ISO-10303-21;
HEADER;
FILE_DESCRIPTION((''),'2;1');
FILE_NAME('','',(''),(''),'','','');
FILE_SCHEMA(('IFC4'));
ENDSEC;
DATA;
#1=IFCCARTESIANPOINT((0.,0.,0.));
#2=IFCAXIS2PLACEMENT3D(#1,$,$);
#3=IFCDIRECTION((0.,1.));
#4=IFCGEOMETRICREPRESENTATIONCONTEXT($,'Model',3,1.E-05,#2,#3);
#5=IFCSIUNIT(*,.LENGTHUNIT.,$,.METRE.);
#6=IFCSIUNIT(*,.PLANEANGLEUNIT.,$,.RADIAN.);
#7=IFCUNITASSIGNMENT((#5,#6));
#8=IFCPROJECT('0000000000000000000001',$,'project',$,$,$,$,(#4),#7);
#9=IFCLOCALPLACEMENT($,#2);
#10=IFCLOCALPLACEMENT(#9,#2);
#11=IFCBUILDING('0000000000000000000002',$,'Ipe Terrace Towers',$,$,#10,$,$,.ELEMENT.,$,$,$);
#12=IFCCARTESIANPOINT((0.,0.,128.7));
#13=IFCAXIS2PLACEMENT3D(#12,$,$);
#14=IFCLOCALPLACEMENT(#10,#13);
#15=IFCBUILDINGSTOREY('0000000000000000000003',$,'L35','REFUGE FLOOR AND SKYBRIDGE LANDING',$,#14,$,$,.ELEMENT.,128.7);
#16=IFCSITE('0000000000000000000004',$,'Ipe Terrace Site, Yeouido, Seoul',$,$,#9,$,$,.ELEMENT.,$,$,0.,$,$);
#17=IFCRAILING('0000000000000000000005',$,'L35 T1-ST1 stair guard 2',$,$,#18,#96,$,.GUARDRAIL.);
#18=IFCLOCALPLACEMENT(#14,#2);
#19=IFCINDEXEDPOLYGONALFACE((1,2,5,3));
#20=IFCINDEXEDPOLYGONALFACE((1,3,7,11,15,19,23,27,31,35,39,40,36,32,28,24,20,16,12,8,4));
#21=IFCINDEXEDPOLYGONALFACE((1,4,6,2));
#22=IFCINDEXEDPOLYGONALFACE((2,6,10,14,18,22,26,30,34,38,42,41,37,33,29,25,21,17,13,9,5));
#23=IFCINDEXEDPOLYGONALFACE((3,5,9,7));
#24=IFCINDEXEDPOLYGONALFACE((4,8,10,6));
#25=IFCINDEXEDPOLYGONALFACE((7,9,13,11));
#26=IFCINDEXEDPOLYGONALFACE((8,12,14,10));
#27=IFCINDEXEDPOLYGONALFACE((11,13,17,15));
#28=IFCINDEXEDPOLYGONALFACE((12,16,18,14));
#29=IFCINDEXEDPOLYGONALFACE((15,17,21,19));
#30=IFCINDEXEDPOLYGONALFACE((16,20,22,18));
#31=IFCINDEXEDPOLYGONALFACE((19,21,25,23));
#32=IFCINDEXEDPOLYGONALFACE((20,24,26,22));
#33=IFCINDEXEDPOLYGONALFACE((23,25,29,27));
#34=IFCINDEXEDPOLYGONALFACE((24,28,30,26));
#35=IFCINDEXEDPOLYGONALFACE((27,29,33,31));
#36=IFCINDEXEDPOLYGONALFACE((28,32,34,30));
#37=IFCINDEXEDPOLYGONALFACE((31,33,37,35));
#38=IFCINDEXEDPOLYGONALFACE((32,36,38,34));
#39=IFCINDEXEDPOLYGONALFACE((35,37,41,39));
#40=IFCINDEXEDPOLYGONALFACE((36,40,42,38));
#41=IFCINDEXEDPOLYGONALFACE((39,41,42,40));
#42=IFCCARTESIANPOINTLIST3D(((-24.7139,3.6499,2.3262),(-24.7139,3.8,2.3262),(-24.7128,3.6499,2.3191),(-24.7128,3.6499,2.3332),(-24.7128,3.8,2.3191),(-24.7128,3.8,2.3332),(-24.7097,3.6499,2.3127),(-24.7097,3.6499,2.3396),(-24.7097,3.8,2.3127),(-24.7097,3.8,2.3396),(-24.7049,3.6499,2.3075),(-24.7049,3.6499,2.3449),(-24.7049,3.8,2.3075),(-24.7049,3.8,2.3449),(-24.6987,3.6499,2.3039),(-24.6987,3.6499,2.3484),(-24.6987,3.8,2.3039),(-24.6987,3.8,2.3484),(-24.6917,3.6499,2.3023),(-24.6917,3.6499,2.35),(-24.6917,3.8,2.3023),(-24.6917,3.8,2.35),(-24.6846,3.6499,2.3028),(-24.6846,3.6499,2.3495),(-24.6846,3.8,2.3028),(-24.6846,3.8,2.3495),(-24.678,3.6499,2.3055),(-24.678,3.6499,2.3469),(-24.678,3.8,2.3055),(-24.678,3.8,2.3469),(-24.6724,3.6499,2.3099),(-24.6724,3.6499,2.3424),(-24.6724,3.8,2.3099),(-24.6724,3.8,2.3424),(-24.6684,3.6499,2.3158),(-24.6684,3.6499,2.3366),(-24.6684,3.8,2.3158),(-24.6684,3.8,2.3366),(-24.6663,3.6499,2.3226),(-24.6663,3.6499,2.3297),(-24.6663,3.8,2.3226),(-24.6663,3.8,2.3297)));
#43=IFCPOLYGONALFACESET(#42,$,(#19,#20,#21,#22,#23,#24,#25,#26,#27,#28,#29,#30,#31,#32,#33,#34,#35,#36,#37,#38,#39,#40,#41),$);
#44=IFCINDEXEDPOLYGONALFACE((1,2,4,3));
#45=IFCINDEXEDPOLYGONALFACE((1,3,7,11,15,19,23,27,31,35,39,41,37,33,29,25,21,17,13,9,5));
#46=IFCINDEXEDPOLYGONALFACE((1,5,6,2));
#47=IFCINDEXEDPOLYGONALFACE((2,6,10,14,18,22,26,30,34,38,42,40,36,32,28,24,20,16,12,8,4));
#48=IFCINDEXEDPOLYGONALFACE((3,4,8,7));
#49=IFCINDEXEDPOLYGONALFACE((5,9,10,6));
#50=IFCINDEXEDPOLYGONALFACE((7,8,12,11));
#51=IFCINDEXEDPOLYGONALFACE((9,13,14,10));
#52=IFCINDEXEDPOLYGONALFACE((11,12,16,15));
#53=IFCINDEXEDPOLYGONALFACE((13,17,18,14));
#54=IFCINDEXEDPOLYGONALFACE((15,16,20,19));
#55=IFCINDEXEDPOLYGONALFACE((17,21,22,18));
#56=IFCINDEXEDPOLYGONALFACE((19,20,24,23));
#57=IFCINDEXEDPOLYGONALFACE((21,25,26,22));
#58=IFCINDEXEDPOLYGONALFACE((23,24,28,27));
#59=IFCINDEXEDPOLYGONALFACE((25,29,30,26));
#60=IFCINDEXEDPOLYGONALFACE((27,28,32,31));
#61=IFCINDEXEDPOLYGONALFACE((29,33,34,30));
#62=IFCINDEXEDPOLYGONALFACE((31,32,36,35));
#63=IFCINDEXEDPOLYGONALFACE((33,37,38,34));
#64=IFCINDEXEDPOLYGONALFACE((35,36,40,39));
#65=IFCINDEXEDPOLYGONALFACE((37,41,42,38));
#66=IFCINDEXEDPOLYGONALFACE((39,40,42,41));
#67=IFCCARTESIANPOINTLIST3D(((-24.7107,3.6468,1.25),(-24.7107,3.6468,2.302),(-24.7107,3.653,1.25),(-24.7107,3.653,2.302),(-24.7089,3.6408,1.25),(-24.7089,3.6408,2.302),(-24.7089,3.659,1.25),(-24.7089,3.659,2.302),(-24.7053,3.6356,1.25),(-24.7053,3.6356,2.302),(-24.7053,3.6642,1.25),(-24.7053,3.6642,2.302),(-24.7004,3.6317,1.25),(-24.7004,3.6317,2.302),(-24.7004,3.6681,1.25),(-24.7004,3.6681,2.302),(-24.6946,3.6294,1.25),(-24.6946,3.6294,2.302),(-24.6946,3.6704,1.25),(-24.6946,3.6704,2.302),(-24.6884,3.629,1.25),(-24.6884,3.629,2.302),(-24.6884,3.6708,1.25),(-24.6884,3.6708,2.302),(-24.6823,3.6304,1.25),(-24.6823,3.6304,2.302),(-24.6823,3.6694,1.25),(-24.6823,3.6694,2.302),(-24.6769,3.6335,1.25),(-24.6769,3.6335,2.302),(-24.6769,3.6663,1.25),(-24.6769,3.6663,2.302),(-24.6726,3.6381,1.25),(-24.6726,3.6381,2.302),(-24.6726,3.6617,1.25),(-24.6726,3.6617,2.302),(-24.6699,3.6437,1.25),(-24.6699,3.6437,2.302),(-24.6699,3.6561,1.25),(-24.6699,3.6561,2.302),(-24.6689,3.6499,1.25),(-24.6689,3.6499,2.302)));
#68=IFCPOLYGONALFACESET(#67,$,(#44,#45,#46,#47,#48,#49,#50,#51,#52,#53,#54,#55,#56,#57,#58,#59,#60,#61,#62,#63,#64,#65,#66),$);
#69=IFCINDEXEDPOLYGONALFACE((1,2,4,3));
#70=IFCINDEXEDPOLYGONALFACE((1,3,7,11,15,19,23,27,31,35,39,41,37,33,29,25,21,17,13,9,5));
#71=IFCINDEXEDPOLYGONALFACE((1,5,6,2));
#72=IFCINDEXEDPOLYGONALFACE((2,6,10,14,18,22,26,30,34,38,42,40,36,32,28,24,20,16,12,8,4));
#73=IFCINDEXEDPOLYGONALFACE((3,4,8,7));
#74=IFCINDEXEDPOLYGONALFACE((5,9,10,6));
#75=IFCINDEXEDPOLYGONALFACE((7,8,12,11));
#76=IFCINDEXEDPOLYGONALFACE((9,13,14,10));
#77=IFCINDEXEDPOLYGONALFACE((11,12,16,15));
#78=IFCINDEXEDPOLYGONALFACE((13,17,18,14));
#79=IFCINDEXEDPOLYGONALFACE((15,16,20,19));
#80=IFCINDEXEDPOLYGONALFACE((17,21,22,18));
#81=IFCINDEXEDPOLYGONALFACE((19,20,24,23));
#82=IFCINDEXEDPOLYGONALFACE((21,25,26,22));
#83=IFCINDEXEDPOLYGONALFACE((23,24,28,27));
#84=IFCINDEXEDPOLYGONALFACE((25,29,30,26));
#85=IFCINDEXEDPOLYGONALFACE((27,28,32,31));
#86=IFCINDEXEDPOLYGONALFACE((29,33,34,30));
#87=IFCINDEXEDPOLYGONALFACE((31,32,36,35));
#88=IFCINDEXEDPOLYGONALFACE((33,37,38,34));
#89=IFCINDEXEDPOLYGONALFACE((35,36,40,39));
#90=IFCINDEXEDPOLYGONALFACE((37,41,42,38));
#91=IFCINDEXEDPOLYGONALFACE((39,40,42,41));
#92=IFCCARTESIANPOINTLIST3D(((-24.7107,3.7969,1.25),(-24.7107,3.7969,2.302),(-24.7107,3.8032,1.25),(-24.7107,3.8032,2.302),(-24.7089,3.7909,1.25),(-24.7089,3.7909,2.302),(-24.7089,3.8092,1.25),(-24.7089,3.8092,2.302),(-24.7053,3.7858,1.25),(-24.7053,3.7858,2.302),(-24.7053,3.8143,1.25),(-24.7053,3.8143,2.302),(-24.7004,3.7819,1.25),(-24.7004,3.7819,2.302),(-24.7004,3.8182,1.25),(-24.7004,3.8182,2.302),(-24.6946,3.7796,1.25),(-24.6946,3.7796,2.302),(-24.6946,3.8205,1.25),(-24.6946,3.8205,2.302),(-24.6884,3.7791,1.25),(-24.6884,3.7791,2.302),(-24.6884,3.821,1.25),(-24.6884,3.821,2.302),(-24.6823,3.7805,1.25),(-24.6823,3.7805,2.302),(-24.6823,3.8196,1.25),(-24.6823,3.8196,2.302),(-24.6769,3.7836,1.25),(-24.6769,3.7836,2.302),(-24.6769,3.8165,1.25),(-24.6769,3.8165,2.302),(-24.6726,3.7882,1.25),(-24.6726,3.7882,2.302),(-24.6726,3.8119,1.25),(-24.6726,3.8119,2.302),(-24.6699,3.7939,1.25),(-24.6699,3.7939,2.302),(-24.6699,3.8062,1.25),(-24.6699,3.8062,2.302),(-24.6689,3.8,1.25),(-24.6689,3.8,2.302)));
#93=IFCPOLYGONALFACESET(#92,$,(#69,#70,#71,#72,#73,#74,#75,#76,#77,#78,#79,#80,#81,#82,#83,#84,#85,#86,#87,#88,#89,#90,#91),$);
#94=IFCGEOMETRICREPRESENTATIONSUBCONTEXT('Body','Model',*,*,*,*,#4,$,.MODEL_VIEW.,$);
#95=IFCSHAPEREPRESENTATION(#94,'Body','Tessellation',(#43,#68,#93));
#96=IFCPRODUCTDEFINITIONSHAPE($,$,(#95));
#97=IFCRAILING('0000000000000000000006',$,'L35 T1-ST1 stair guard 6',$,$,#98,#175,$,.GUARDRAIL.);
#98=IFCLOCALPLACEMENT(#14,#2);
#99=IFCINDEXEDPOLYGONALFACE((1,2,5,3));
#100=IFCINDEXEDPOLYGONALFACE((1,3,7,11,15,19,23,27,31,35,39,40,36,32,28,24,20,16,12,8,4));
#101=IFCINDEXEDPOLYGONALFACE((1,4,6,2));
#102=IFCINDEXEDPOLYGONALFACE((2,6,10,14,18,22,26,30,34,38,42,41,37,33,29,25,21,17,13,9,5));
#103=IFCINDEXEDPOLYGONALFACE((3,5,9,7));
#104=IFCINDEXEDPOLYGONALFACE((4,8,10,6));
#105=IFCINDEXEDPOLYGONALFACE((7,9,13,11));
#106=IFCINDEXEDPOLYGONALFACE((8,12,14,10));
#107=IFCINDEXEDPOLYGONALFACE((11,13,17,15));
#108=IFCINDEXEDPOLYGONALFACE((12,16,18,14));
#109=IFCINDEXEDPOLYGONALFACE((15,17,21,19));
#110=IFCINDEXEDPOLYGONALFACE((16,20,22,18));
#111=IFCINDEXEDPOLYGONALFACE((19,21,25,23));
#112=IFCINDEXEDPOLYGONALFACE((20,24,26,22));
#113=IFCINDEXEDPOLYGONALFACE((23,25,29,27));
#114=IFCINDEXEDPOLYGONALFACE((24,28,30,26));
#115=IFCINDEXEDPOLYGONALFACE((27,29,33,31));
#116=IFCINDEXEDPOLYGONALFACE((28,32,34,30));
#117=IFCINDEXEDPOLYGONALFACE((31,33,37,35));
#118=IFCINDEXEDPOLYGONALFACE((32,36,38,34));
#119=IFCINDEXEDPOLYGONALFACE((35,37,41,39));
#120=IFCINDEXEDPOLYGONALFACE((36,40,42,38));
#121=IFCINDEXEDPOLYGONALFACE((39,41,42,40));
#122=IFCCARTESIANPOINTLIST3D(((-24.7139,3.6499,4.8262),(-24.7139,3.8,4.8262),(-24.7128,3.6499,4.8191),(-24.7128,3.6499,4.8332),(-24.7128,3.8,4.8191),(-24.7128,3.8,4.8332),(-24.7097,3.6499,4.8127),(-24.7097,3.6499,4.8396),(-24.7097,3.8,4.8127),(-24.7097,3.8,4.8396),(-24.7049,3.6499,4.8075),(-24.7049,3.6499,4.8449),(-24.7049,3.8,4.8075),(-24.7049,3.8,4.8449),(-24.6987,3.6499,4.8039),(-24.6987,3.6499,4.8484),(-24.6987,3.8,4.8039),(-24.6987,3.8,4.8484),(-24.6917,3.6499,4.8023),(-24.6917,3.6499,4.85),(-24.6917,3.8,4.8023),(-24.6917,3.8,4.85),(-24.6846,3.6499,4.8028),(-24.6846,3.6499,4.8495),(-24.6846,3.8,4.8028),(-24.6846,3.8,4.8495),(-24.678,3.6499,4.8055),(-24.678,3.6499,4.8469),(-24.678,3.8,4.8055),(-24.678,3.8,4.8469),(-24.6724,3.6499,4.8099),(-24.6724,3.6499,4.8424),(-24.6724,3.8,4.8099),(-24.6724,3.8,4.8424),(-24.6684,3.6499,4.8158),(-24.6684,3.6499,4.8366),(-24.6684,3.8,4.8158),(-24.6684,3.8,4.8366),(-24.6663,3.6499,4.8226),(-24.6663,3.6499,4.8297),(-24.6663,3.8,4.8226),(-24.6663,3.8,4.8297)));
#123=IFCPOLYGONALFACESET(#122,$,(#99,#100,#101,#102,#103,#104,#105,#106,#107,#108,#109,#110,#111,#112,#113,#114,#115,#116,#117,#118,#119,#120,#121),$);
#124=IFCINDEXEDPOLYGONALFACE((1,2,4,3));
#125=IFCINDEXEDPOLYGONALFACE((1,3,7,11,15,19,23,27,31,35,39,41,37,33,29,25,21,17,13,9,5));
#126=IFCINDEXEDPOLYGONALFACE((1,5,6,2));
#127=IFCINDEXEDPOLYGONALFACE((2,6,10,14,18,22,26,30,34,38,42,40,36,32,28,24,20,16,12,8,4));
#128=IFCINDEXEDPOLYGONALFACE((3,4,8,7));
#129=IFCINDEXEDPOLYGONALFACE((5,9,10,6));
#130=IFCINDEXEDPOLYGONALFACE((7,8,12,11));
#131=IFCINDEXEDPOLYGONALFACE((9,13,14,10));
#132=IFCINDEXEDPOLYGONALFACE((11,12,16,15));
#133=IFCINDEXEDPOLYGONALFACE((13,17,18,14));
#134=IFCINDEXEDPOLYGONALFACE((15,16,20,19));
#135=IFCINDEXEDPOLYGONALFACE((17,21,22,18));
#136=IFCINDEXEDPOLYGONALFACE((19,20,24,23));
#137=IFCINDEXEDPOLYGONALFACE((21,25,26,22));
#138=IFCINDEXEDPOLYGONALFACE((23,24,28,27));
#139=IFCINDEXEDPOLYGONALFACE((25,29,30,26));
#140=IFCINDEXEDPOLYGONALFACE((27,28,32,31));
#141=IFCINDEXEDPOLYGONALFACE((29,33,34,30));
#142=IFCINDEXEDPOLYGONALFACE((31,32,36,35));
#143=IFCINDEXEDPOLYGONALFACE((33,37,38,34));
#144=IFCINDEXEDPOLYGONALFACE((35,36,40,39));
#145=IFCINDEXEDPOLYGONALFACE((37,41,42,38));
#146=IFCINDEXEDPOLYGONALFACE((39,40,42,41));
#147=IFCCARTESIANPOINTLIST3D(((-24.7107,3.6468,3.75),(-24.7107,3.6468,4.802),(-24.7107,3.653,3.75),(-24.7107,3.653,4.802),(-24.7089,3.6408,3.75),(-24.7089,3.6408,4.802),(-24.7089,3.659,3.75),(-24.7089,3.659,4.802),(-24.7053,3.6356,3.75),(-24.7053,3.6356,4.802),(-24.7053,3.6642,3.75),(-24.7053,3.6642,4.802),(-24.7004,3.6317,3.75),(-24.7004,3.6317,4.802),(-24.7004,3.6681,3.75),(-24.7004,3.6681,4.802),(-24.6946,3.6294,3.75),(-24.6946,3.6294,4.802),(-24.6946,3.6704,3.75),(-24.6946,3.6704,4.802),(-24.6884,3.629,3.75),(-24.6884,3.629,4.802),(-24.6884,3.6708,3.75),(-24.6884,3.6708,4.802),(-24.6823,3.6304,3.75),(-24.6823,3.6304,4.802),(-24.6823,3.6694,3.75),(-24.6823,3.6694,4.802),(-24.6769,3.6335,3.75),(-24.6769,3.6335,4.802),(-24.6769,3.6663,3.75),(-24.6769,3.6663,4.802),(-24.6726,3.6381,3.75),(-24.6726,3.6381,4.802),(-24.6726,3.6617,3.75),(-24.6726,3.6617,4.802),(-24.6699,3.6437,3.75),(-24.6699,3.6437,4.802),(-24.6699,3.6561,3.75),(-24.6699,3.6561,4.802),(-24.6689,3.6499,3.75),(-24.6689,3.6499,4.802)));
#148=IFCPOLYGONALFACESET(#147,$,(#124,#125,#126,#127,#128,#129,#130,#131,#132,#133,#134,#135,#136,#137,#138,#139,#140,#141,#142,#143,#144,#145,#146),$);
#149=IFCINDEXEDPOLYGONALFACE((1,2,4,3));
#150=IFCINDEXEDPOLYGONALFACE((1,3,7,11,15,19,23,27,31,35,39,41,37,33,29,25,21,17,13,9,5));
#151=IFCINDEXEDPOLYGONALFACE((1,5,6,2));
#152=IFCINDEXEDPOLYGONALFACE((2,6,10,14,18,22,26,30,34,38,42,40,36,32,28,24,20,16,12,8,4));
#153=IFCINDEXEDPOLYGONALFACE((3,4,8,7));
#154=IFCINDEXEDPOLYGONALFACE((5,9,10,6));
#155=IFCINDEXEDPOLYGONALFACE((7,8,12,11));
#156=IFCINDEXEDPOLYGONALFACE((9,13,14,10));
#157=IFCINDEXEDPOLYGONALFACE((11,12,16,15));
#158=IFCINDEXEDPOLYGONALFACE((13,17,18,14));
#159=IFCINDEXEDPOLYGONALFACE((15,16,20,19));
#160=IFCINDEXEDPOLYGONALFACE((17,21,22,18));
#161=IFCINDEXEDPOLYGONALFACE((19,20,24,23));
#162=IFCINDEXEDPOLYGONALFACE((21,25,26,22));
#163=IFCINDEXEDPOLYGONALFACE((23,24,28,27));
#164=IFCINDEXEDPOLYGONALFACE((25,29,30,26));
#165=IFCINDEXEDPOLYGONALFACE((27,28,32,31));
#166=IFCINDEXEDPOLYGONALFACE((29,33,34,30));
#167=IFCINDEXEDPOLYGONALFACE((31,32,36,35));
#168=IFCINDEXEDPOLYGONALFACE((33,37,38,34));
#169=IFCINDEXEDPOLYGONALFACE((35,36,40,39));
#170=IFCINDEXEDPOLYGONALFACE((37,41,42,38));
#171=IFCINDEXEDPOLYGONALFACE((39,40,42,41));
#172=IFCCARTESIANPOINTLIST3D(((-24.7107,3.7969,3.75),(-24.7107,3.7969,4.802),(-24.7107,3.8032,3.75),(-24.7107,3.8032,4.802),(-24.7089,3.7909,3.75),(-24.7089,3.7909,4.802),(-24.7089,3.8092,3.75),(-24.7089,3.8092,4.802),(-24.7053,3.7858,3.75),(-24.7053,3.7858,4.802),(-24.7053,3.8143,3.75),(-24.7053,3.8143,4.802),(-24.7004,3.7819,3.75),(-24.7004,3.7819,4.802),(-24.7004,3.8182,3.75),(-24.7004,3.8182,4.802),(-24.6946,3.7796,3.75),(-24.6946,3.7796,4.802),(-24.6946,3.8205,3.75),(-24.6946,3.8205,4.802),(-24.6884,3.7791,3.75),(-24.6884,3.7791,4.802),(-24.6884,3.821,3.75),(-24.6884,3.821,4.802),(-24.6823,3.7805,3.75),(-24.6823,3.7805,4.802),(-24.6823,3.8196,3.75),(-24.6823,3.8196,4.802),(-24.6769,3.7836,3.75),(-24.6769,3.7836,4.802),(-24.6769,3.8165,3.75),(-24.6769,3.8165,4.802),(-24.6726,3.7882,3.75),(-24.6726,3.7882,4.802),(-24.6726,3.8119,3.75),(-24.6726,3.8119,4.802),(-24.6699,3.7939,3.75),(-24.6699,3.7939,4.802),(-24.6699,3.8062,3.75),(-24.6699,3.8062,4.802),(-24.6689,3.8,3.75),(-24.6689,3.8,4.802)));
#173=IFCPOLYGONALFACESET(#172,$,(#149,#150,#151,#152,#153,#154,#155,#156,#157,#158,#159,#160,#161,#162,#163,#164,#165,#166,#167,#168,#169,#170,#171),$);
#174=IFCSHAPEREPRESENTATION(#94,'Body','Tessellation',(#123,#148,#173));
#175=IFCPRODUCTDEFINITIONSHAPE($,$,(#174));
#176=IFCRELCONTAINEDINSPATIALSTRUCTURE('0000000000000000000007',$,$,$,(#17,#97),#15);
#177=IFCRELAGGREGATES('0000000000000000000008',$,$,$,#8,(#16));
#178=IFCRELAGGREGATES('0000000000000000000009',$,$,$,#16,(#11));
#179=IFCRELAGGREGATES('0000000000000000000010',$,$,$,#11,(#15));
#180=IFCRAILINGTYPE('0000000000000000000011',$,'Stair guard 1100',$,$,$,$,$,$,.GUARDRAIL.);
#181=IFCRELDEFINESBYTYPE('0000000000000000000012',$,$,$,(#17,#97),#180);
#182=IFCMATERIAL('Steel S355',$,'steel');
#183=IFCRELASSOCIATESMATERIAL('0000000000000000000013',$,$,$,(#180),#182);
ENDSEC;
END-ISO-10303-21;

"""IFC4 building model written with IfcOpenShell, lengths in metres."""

from ifc_helpers import new_model, si_unit, direction, frame, origin, origin_2d, place, context, subcontext, project, spatial, circle, extrude, material, type_object, element, save


model = new_model("IFC4")

# Units and contexts
model_context = context("Model", 3, precision=1e-05, world=origin(), true_north=direction((0.0, 1.0)))
body_context = subcontext(model_context, "Body", "Model", "MODEL_VIEW")
ifc_project = project(units=[si_unit("LENGTHUNIT", "METRE"), si_unit("PLANEANGLEUNIT", "RADIAN")], contexts=[model_context])

# Site, building, storey
site_placement = place(None, origin())
site = spatial("IfcSite", under=ifc_project, at=site_placement, Name="Ipe Terrace Site, Yeouido, Seoul", CompositionType="ELEMENT", RefElevation=0.0)
building_placement = place(site_placement, origin())
building = spatial("IfcBuilding", under=site, at=building_placement, Name="Ipe Terrace Towers", CompositionType="ELEMENT")
storey_placement = place(building_placement, frame((0.0, 0.0, 128.7)))
storey = spatial("IfcBuildingStorey", under=building, at=storey_placement, Name="L35", Description="REFUGE FLOOR AND SKYBRIDGE LANDING", CompositionType="ELEMENT", Elevation=128.7)

# Railings
ifc_material_1 = material(Name="Steel S355", Category="steel")
railing_type = type_object("IfcRailingType", Name="Stair guard 1100", PredefinedType="GUARDRAIL", material=ifc_material_1)
for number, where, name in (
    (1, (-24.6899, 3.6499, 1.25), "L35 T1-ST1 stair guard 2"),
    (2, (-24.6899, 3.6499, 3.75), "L35 T1-ST1 stair guard 6"),
):
    element("IfcRailing", number, at=place(storey_placement, frame(where)), inside=storey, type_object=railing_type, Name=name, PredefinedType="GUARDRAIL", context=body_context, shape_type="SweptSolid", body=[
        extrude(circle(Radius=0.0239, at=origin_2d()), frame((0.0, 0.0, 1.0762), z_axis=(0.0, 1.0, 0.0), x_axis=(-1.0, 0.0, 0.0)), (0.0, 0.0, 1.0), 0.1501),
        extrude(circle(Radius=0.021, at=origin_2d()), origin(), (0.0, 0.0, 1.0), 1.052),
        extrude(circle(Radius=0.021, at=origin_2d()), frame((0.0, 0.1501, 0.0)), (0.0, 0.0, 1.0), 1.052),
    ])

save(model, "model.ifc")
